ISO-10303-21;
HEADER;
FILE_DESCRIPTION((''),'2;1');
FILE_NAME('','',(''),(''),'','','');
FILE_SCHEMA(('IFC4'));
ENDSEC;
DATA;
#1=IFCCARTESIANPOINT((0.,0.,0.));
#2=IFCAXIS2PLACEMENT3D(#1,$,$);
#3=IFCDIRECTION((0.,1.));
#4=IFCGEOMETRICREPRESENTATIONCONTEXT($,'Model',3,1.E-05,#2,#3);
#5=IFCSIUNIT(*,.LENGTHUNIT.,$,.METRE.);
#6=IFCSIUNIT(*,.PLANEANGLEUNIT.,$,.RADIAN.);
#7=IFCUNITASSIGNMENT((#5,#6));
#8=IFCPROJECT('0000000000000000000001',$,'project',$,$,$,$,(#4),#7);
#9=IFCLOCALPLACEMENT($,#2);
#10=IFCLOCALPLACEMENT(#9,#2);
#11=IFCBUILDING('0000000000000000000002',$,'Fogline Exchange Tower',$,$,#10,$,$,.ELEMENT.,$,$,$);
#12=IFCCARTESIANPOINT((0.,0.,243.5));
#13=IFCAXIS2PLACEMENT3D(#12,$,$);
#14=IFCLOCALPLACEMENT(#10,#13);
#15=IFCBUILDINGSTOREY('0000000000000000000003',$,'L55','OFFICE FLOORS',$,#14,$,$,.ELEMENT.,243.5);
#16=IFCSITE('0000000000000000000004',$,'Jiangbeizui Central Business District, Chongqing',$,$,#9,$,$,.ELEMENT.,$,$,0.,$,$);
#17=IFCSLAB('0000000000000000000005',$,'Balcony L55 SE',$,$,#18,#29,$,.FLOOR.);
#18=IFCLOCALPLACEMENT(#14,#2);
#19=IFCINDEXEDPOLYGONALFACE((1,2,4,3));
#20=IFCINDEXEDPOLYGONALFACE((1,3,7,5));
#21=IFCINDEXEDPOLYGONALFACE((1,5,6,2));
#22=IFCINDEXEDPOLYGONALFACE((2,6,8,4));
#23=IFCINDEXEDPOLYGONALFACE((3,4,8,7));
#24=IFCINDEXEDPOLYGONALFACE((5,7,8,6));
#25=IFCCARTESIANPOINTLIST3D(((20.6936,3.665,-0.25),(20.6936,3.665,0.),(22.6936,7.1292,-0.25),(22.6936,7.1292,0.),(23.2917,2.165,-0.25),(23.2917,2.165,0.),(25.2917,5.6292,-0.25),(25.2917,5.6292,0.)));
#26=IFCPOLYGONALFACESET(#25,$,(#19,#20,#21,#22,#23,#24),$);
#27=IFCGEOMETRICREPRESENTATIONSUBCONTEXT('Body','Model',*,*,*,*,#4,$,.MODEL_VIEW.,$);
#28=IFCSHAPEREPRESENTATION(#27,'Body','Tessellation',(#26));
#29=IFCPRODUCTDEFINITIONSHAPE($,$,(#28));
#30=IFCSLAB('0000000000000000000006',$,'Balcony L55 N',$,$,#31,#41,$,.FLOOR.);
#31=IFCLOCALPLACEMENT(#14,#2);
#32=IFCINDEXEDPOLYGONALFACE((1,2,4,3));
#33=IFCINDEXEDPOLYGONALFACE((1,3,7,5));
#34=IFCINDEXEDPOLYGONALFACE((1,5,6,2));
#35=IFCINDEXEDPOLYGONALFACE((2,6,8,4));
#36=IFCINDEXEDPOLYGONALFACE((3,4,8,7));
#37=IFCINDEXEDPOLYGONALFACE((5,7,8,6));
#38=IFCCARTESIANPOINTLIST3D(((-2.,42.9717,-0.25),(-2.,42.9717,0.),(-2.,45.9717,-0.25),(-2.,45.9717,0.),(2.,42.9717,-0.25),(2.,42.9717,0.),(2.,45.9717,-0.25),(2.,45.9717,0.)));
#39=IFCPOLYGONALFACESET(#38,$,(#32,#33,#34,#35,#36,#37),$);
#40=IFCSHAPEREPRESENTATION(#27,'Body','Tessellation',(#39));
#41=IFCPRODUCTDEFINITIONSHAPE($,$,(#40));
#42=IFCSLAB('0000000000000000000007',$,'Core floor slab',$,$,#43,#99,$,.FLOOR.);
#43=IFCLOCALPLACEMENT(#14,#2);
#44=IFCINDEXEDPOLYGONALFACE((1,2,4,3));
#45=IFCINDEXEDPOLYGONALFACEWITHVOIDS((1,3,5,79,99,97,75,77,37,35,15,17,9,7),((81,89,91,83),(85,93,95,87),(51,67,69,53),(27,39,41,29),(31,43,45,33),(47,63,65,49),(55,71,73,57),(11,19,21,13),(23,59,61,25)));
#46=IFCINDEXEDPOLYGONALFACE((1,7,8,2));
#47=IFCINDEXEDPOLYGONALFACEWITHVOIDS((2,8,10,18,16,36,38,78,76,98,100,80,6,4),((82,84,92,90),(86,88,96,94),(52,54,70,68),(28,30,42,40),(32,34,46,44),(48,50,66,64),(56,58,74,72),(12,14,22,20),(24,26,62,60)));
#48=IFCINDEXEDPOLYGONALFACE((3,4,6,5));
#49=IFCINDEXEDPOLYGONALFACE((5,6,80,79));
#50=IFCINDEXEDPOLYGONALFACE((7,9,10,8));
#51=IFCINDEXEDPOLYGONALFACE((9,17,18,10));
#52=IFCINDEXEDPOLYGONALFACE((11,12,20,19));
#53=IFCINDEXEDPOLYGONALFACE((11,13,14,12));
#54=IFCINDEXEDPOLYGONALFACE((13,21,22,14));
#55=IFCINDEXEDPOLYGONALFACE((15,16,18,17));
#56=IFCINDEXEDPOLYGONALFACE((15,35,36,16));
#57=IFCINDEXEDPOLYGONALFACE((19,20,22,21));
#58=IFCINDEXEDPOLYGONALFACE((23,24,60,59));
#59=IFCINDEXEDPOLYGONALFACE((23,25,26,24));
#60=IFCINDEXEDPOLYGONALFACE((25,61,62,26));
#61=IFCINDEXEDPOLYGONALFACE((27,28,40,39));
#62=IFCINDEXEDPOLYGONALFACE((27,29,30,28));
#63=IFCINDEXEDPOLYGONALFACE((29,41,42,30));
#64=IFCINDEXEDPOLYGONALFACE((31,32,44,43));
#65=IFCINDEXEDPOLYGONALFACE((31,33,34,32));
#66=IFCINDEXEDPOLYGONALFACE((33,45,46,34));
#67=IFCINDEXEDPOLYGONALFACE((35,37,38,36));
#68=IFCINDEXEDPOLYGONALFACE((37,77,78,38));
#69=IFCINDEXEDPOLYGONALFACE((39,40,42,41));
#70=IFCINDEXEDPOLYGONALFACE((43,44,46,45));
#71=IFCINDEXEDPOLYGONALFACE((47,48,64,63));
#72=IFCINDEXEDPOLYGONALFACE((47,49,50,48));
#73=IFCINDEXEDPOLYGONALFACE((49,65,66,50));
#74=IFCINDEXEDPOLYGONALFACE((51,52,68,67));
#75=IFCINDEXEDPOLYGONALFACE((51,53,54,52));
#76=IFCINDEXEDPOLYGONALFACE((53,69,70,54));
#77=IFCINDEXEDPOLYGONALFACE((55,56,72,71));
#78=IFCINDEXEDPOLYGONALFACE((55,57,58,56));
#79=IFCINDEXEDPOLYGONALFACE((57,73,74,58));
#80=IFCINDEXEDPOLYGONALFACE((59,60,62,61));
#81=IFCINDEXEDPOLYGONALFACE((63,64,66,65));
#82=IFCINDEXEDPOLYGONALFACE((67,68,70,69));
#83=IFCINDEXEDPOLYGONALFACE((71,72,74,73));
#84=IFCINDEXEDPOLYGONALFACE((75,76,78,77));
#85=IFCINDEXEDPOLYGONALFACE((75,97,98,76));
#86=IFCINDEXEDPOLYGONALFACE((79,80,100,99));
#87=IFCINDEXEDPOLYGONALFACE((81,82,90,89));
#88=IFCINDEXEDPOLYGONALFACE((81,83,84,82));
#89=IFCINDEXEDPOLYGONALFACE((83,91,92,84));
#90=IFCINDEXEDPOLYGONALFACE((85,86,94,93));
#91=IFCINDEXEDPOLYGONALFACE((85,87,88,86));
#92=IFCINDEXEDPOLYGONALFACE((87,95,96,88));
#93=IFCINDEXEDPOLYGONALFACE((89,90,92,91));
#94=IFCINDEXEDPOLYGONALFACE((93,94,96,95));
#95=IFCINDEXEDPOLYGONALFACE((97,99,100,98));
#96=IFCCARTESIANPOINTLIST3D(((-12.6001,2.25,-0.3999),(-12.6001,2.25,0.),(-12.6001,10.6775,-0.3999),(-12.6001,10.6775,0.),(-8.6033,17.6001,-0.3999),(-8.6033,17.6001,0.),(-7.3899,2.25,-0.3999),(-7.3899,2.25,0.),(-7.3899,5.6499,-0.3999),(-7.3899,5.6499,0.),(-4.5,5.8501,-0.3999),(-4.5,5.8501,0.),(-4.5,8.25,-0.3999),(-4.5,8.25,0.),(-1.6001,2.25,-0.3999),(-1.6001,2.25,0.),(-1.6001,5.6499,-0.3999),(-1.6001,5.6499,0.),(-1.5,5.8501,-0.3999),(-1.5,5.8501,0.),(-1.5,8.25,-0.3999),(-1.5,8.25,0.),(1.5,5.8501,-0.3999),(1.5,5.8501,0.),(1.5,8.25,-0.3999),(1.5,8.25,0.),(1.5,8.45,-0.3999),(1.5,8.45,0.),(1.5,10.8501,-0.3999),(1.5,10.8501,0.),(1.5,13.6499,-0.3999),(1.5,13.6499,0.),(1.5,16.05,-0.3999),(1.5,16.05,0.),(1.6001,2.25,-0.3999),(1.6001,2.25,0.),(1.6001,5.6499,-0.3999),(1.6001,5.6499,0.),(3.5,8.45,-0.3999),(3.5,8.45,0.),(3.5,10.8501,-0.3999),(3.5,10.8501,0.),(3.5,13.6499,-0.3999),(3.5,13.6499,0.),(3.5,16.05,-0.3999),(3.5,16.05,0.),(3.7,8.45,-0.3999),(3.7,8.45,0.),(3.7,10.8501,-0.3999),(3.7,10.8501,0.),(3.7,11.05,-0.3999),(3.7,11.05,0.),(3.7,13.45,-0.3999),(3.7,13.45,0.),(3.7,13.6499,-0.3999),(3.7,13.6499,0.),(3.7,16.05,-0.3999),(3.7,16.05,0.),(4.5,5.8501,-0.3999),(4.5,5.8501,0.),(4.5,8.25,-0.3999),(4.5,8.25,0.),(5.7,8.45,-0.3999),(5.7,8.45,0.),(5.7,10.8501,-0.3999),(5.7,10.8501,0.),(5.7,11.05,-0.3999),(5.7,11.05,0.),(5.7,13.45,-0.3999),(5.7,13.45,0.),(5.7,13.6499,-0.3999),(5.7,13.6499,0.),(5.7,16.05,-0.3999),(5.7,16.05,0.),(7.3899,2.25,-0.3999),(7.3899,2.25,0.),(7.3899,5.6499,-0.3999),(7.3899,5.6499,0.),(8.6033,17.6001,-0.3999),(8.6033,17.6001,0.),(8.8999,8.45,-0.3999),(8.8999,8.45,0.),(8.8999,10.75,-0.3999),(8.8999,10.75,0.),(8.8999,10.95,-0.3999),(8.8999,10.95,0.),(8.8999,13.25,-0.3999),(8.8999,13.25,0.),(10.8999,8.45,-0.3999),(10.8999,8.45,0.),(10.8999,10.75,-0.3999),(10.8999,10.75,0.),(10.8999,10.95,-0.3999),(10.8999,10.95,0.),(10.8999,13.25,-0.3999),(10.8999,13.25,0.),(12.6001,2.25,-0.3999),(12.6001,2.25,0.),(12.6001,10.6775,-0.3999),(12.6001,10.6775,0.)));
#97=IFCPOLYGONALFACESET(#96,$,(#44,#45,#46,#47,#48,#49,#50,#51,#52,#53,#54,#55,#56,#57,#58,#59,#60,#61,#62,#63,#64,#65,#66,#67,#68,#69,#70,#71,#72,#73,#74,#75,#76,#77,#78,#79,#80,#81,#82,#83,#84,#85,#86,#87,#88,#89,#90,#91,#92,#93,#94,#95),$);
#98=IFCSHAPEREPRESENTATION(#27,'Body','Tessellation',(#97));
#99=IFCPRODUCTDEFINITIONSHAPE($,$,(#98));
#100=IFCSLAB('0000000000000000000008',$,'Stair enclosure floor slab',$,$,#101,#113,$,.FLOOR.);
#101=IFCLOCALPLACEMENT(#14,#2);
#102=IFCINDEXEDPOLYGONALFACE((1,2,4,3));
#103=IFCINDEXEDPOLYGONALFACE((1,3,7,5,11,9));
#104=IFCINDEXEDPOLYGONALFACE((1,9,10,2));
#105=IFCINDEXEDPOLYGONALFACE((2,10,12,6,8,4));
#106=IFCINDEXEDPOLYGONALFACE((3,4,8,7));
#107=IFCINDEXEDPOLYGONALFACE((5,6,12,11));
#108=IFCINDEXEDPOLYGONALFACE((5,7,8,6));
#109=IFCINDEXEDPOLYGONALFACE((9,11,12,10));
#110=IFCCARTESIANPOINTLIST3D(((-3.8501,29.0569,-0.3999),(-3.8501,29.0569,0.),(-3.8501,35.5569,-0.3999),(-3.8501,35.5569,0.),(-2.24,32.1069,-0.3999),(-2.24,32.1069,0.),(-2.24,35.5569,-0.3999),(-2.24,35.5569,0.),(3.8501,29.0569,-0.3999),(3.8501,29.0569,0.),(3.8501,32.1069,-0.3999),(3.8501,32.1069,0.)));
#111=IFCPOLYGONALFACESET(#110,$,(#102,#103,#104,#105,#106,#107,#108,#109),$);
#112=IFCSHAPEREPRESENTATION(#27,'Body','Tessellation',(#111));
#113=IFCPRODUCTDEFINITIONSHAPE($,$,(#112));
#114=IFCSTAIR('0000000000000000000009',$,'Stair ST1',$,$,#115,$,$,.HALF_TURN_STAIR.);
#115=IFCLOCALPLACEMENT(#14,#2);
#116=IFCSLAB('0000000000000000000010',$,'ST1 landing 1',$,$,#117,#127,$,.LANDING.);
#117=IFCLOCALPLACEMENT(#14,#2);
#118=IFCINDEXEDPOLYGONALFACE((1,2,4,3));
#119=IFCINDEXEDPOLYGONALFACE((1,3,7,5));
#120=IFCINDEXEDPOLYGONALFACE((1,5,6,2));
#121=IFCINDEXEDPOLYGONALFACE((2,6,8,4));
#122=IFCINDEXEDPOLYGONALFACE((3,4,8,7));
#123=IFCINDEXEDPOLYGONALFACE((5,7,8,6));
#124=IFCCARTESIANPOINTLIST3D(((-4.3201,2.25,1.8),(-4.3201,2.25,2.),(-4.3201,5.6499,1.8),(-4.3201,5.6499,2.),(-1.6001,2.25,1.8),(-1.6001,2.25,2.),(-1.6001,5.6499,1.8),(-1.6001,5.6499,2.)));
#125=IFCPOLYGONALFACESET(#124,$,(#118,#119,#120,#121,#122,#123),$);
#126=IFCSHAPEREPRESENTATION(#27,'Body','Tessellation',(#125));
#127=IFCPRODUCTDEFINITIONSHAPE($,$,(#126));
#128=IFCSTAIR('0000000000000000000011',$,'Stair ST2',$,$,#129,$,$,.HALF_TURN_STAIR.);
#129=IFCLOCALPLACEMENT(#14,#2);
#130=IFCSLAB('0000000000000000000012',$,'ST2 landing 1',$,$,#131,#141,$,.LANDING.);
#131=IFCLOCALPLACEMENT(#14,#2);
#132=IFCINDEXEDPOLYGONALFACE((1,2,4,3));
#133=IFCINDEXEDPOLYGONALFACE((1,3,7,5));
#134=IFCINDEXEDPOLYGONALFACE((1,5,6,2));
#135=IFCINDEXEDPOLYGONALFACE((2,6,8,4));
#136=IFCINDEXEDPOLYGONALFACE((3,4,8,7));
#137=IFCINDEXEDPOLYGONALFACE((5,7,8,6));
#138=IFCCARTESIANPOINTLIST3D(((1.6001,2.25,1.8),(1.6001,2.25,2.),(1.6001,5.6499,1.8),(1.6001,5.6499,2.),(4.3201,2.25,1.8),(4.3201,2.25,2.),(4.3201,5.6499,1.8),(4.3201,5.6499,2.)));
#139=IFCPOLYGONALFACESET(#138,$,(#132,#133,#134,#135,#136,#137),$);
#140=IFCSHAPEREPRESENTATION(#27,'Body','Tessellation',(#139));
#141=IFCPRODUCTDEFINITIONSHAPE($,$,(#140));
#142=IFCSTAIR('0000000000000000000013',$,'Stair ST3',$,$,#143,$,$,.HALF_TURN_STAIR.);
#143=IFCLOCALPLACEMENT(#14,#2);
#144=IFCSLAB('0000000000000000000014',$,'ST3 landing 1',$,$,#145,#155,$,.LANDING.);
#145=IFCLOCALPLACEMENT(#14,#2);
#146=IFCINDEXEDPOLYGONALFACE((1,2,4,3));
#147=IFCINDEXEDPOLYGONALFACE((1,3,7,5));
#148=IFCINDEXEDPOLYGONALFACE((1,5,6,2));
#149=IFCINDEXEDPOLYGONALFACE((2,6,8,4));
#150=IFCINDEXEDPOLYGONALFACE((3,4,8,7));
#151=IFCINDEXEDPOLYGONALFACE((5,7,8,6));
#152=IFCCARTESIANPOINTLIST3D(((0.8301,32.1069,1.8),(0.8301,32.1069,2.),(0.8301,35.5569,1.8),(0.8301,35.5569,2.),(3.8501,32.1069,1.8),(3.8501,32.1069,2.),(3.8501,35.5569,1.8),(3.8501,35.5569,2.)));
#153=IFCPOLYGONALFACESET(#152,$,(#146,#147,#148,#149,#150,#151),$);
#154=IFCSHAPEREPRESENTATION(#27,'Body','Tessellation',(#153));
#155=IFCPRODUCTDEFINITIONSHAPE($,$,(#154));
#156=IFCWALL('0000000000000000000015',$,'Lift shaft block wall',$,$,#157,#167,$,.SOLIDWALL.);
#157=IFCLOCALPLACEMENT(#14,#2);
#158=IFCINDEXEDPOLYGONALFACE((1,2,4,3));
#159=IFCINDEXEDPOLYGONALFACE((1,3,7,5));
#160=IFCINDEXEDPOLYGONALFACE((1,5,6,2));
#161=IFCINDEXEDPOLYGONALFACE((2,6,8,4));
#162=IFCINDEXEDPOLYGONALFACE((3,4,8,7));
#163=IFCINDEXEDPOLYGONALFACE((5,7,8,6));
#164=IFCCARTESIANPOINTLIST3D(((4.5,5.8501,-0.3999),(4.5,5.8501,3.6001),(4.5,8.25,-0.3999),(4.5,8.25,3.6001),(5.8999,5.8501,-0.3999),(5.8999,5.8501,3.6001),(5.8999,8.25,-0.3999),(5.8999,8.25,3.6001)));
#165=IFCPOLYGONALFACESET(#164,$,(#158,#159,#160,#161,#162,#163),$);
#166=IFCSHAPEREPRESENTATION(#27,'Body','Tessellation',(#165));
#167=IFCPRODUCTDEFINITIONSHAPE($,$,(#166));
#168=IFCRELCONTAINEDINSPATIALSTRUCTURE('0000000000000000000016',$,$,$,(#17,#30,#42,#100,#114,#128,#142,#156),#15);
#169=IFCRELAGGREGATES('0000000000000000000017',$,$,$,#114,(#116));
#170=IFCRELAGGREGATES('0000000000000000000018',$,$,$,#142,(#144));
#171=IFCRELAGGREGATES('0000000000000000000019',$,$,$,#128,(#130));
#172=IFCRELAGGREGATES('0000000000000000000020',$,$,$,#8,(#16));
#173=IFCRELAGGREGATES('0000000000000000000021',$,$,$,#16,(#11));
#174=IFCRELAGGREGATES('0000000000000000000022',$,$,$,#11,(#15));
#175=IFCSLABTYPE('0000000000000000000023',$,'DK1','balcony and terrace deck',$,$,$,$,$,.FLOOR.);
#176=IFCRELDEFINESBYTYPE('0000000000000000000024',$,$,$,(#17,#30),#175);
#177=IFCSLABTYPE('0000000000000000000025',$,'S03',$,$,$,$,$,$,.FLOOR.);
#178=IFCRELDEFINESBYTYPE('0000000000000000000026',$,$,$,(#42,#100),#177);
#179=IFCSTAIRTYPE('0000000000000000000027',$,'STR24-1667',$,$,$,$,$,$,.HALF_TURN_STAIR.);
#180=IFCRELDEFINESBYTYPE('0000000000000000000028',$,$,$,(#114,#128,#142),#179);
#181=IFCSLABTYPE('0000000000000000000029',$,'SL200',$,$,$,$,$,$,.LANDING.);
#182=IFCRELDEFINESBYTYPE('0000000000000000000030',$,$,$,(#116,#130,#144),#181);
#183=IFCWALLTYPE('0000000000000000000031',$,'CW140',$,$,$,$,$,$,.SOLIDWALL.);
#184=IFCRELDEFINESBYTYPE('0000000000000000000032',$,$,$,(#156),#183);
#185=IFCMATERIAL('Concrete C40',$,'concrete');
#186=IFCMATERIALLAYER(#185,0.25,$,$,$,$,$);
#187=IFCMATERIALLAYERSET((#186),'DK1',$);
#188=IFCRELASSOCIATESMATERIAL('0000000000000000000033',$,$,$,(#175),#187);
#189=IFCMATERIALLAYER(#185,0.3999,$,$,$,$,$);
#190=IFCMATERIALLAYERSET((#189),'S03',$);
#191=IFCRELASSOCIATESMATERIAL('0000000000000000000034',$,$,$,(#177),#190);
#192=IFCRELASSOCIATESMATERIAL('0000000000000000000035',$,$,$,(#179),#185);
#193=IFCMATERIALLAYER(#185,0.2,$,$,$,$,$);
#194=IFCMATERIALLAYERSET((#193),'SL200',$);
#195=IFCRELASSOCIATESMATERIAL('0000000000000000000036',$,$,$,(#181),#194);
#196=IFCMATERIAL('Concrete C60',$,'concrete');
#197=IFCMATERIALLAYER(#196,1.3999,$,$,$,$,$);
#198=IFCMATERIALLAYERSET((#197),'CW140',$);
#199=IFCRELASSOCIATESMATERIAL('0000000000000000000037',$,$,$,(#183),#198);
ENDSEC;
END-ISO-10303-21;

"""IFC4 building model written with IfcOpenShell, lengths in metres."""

from ifc_helpers import new_model, si_unit, direction, frame, frame_2d, origin, place, context, subcontext, project, spatial, polyline, rectangle, outline, extrude, material, layer, layer_set, type_object, element, aggregate, save


model = new_model("IFC4")

# Units and contexts
model_context = context("Model", 3, precision=1e-05, world=origin(), true_north=direction((0.0, 1.0)))
body_context = subcontext(model_context, "Body", "Model", "MODEL_VIEW")
ifc_project = project(units=[si_unit("LENGTHUNIT", "METRE"), si_unit("PLANEANGLEUNIT", "RADIAN")], contexts=[model_context])

# Site, building, storey
site_placement = place(None, origin())
site = spatial("IfcSite", under=ifc_project, at=site_placement, Name="Jiangbeizui Central Business District, Chongqing", CompositionType="ELEMENT", RefElevation=0.0)
building_placement = place(site_placement, origin())
building = spatial("IfcBuilding", under=site, at=building_placement, Name="Fogline Exchange Tower", CompositionType="ELEMENT")
storey_placement = place(building_placement, frame((0.0, 0.0, 243.5)))
storey = spatial("IfcBuildingStorey", under=building, at=storey_placement, Name="L55", Description="OFFICE FLOORS", CompositionType="ELEMENT", Elevation=243.5)

# Slabs
ifc_material_1 = material(Name="Concrete C40", Category="concrete")
ifc_layer_1 = layer(ifc_material_1, 0.25)
ifc_layer_set_1 = layer_set([ifc_layer_1], Name="DK1")
slab_type_1 = type_object("IfcSlabType", Name="DK1", Description="balcony and terrace deck", PredefinedType="FLOOR", material=ifc_layer_set_1)
slab_1_placement = place(storey_placement, frame((0.0, 0.0, -0.25)))
element("IfcSlab", 1, at=slab_1_placement, inside=storey, type_object=slab_type_1, Name="Balcony L55 SE", PredefinedType="FLOOR", context=body_context, shape_type="SweptSolid", body=[
    extrude(outline(polyline([(23.2917, 2.165), (25.2917, 5.6292), (22.6936, 7.1292), (20.6936, 3.665), (23.2917, 2.165)])), origin(), (0.0, 0.0, 1.0), 0.25),
])
slab_2_placement = place(storey_placement, frame((0.0, 0.0, -0.25)))
element("IfcSlab", 2, at=slab_2_placement, inside=storey, type_object=slab_type_1, Name="Balcony L55 N", PredefinedType="FLOOR", context=body_context, shape_type="SweptSolid", body=[
    extrude(outline(polyline([(2.0, 45.9717), (-2.0, 45.9717), (-2.0, 42.9717), (2.0, 42.9717), (2.0, 45.9717)])), origin(), (0.0, 0.0, 1.0), 0.25),
])
ifc_layer_2 = layer(ifc_material_1, 0.3999)
ifc_layer_set_2 = layer_set([ifc_layer_2], Name="S03")
slab_type_2 = type_object("IfcSlabType", Name="S03", PredefinedType="FLOOR", material=ifc_layer_set_2)
slab_3_placement = place(storey_placement, frame((0.0, 0.0, -0.3999)))
element("IfcSlab", 3, at=slab_3_placement, inside=storey, type_object=slab_type_2, Name="Core floor slab", PredefinedType="FLOOR", context=body_context, shape_type="SweptSolid", body=[
    extrude(outline(polyline([(-12.6001, 2.25), (-12.6001, 10.6775), (-8.6033, 17.6001), (8.6033, 17.6001), (12.6001, 10.6775), (12.6001, 2.25), (7.3899, 2.25), (7.3899, 5.6499), (1.6001, 5.6499), (1.6001, 2.25), (-1.6001, 2.25), (-1.6001, 5.6499), (-7.3899, 5.6499), (-7.3899, 2.25), (-12.6001, 2.25)]), holes=[polyline([(-4.5, 8.25), (-4.5, 5.8501), (-1.5, 5.8501), (-1.5, 8.25), (-4.5, 8.25)]), polyline([(4.5, 8.25), (1.5, 8.25), (1.5, 5.8501), (4.5, 5.8501), (4.5, 8.25)]), polyline([(3.5, 10.8501), (1.5, 10.8501), (1.5, 8.45), (3.5, 8.45), (3.5, 10.8501)]), polyline([(1.5, 16.05), (1.5, 13.6499), (3.5, 13.6499), (3.5, 16.05), (1.5, 16.05)]), polyline([(10.8999, 10.75), (8.8999, 10.75), (8.8999, 8.45), (10.8999, 8.45), (10.8999, 10.75)]), polyline([(5.7, 10.8501), (3.7, 10.8501), (3.7, 8.45), (5.7, 8.45), (5.7, 10.8501)]), polyline([(8.8999, 13.25), (8.8999, 10.95), (10.8999, 10.95), (10.8999, 13.25), (8.8999, 13.25)]), polyline([(5.7, 13.45), (3.7, 13.45), (3.7, 11.05), (5.7, 11.05), (5.7, 13.45)]), polyline([(5.7, 16.05), (3.7, 16.05), (3.7, 13.6499), (5.7, 13.6499), (5.7, 16.05)])]), origin(), (0.0, 0.0, 1.0), 0.3999),
])
slab_4_placement = place(storey_placement, frame((0.0, 0.0, -0.3999)))
element("IfcSlab", 4, at=slab_4_placement, inside=storey, type_object=slab_type_2, Name="Stair enclosure floor slab", PredefinedType="FLOOR", context=body_context, shape_type="SweptSolid", body=[
    extrude(outline(polyline([(3.8501, 29.0569), (-3.8501, 29.0569), (-3.8501, 35.5569), (-2.24, 35.5569), (-2.24, 32.1069), (3.8501, 32.1069), (3.8501, 29.0569)])), origin(), (0.0, 0.0, 1.0), 0.3999),
])

# Stairs, slabs
stair_type = type_object("IfcStairType", Name="STR24-1667", PredefinedType="HALF_TURN_STAIR", material=ifc_material_1)
stair_1_placement = place(storey_placement, origin())
stair_1 = element("IfcStair", 5, at=stair_1_placement, inside=storey, type_object=stair_type, Name="Stair ST1", PredefinedType="HALF_TURN_STAIR")
ifc_layer_3 = layer(ifc_material_1, 0.2)
ifc_layer_set_3 = layer_set([ifc_layer_3], Name="SL200")
slab_type_3 = type_object("IfcSlabType", Name="SL200", PredefinedType="LANDING", material=ifc_layer_set_3)
slab_5_placement = place(storey_placement, frame((0.0, 0.0, 1.8)))
slab_5 = element("IfcSlab", 6, at=slab_5_placement, type_object=slab_type_3, Name="ST1 landing 1", PredefinedType="LANDING", context=body_context, shape_type="SweptSolid", body=[
    extrude(outline(polyline([(-4.3201, 2.25), (-1.6001, 2.25), (-1.6001, 5.6499), (-4.3201, 5.6499), (-4.3201, 2.25)])), origin(), (0.0, 0.0, 1.0), 0.2),
])
aggregate(stair_1, [slab_5])
stair_2_placement = place(storey_placement, origin())
stair_2 = element("IfcStair", 7, at=stair_2_placement, inside=storey, type_object=stair_type, Name="Stair ST2", PredefinedType="HALF_TURN_STAIR")
slab_6_placement = place(storey_placement, frame((0.0, 0.0, 1.8)))
slab_6 = element("IfcSlab", 8, at=slab_6_placement, type_object=slab_type_3, Name="ST2 landing 1", PredefinedType="LANDING", context=body_context, shape_type="SweptSolid", body=[
    extrude(outline(polyline([(1.6001, 2.25), (4.3201, 2.25), (4.3201, 5.6499), (1.6001, 5.6499), (1.6001, 2.25)])), origin(), (0.0, 0.0, 1.0), 0.2),
])
stair_3_placement = place(storey_placement, origin())
stair_3 = element("IfcStair", 9, at=stair_3_placement, inside=storey, type_object=stair_type, Name="Stair ST3", PredefinedType="HALF_TURN_STAIR")
slab_7_placement = place(storey_placement, frame((0.0, 0.0, 1.8)))
slab_7 = element("IfcSlab", 10, at=slab_7_placement, type_object=slab_type_3, Name="ST3 landing 1", PredefinedType="LANDING", context=body_context, shape_type="SweptSolid", body=[
    extrude(outline(polyline([(0.8301, 32.1069), (3.8501, 32.1069), (3.8501, 35.5569), (0.8301, 35.5569), (0.8301, 32.1069)])), origin(), (0.0, 0.0, 1.0), 0.2),
])
aggregate(stair_3, [slab_7])

# Wall
ifc_material_2 = material(Name="Concrete C60", Category="concrete")
ifc_layer_4 = layer(ifc_material_2, 1.3999)
ifc_layer_set_4 = layer_set([ifc_layer_4], Name="CW140")
wall_type_1 = type_object("IfcWallType", Name="CW140", PredefinedType="SOLIDWALL", material=ifc_layer_set_4)
wall_1_placement = place(storey_placement, frame((5.2, 5.8501, -0.3999), z_axis=(0.0, 0.0, 1.0), x_axis=(0.0, 1.0, 0.0)))
element("IfcWall", 11, at=wall_1_placement, inside=storey, type_object=wall_type_1, Name="Lift shaft block wall", PredefinedType="SOLIDWALL", context=body_context, shape_type="SweptSolid", body=[
    extrude(rectangle(XDim=2.3999, YDim=1.3999, at=frame_2d((1.2, 0.0))), origin(), (0.0, 0.0, 1.0), 4.0),
])

aggregate(stair_2, [slab_6])

save(model, "model.ifc")
